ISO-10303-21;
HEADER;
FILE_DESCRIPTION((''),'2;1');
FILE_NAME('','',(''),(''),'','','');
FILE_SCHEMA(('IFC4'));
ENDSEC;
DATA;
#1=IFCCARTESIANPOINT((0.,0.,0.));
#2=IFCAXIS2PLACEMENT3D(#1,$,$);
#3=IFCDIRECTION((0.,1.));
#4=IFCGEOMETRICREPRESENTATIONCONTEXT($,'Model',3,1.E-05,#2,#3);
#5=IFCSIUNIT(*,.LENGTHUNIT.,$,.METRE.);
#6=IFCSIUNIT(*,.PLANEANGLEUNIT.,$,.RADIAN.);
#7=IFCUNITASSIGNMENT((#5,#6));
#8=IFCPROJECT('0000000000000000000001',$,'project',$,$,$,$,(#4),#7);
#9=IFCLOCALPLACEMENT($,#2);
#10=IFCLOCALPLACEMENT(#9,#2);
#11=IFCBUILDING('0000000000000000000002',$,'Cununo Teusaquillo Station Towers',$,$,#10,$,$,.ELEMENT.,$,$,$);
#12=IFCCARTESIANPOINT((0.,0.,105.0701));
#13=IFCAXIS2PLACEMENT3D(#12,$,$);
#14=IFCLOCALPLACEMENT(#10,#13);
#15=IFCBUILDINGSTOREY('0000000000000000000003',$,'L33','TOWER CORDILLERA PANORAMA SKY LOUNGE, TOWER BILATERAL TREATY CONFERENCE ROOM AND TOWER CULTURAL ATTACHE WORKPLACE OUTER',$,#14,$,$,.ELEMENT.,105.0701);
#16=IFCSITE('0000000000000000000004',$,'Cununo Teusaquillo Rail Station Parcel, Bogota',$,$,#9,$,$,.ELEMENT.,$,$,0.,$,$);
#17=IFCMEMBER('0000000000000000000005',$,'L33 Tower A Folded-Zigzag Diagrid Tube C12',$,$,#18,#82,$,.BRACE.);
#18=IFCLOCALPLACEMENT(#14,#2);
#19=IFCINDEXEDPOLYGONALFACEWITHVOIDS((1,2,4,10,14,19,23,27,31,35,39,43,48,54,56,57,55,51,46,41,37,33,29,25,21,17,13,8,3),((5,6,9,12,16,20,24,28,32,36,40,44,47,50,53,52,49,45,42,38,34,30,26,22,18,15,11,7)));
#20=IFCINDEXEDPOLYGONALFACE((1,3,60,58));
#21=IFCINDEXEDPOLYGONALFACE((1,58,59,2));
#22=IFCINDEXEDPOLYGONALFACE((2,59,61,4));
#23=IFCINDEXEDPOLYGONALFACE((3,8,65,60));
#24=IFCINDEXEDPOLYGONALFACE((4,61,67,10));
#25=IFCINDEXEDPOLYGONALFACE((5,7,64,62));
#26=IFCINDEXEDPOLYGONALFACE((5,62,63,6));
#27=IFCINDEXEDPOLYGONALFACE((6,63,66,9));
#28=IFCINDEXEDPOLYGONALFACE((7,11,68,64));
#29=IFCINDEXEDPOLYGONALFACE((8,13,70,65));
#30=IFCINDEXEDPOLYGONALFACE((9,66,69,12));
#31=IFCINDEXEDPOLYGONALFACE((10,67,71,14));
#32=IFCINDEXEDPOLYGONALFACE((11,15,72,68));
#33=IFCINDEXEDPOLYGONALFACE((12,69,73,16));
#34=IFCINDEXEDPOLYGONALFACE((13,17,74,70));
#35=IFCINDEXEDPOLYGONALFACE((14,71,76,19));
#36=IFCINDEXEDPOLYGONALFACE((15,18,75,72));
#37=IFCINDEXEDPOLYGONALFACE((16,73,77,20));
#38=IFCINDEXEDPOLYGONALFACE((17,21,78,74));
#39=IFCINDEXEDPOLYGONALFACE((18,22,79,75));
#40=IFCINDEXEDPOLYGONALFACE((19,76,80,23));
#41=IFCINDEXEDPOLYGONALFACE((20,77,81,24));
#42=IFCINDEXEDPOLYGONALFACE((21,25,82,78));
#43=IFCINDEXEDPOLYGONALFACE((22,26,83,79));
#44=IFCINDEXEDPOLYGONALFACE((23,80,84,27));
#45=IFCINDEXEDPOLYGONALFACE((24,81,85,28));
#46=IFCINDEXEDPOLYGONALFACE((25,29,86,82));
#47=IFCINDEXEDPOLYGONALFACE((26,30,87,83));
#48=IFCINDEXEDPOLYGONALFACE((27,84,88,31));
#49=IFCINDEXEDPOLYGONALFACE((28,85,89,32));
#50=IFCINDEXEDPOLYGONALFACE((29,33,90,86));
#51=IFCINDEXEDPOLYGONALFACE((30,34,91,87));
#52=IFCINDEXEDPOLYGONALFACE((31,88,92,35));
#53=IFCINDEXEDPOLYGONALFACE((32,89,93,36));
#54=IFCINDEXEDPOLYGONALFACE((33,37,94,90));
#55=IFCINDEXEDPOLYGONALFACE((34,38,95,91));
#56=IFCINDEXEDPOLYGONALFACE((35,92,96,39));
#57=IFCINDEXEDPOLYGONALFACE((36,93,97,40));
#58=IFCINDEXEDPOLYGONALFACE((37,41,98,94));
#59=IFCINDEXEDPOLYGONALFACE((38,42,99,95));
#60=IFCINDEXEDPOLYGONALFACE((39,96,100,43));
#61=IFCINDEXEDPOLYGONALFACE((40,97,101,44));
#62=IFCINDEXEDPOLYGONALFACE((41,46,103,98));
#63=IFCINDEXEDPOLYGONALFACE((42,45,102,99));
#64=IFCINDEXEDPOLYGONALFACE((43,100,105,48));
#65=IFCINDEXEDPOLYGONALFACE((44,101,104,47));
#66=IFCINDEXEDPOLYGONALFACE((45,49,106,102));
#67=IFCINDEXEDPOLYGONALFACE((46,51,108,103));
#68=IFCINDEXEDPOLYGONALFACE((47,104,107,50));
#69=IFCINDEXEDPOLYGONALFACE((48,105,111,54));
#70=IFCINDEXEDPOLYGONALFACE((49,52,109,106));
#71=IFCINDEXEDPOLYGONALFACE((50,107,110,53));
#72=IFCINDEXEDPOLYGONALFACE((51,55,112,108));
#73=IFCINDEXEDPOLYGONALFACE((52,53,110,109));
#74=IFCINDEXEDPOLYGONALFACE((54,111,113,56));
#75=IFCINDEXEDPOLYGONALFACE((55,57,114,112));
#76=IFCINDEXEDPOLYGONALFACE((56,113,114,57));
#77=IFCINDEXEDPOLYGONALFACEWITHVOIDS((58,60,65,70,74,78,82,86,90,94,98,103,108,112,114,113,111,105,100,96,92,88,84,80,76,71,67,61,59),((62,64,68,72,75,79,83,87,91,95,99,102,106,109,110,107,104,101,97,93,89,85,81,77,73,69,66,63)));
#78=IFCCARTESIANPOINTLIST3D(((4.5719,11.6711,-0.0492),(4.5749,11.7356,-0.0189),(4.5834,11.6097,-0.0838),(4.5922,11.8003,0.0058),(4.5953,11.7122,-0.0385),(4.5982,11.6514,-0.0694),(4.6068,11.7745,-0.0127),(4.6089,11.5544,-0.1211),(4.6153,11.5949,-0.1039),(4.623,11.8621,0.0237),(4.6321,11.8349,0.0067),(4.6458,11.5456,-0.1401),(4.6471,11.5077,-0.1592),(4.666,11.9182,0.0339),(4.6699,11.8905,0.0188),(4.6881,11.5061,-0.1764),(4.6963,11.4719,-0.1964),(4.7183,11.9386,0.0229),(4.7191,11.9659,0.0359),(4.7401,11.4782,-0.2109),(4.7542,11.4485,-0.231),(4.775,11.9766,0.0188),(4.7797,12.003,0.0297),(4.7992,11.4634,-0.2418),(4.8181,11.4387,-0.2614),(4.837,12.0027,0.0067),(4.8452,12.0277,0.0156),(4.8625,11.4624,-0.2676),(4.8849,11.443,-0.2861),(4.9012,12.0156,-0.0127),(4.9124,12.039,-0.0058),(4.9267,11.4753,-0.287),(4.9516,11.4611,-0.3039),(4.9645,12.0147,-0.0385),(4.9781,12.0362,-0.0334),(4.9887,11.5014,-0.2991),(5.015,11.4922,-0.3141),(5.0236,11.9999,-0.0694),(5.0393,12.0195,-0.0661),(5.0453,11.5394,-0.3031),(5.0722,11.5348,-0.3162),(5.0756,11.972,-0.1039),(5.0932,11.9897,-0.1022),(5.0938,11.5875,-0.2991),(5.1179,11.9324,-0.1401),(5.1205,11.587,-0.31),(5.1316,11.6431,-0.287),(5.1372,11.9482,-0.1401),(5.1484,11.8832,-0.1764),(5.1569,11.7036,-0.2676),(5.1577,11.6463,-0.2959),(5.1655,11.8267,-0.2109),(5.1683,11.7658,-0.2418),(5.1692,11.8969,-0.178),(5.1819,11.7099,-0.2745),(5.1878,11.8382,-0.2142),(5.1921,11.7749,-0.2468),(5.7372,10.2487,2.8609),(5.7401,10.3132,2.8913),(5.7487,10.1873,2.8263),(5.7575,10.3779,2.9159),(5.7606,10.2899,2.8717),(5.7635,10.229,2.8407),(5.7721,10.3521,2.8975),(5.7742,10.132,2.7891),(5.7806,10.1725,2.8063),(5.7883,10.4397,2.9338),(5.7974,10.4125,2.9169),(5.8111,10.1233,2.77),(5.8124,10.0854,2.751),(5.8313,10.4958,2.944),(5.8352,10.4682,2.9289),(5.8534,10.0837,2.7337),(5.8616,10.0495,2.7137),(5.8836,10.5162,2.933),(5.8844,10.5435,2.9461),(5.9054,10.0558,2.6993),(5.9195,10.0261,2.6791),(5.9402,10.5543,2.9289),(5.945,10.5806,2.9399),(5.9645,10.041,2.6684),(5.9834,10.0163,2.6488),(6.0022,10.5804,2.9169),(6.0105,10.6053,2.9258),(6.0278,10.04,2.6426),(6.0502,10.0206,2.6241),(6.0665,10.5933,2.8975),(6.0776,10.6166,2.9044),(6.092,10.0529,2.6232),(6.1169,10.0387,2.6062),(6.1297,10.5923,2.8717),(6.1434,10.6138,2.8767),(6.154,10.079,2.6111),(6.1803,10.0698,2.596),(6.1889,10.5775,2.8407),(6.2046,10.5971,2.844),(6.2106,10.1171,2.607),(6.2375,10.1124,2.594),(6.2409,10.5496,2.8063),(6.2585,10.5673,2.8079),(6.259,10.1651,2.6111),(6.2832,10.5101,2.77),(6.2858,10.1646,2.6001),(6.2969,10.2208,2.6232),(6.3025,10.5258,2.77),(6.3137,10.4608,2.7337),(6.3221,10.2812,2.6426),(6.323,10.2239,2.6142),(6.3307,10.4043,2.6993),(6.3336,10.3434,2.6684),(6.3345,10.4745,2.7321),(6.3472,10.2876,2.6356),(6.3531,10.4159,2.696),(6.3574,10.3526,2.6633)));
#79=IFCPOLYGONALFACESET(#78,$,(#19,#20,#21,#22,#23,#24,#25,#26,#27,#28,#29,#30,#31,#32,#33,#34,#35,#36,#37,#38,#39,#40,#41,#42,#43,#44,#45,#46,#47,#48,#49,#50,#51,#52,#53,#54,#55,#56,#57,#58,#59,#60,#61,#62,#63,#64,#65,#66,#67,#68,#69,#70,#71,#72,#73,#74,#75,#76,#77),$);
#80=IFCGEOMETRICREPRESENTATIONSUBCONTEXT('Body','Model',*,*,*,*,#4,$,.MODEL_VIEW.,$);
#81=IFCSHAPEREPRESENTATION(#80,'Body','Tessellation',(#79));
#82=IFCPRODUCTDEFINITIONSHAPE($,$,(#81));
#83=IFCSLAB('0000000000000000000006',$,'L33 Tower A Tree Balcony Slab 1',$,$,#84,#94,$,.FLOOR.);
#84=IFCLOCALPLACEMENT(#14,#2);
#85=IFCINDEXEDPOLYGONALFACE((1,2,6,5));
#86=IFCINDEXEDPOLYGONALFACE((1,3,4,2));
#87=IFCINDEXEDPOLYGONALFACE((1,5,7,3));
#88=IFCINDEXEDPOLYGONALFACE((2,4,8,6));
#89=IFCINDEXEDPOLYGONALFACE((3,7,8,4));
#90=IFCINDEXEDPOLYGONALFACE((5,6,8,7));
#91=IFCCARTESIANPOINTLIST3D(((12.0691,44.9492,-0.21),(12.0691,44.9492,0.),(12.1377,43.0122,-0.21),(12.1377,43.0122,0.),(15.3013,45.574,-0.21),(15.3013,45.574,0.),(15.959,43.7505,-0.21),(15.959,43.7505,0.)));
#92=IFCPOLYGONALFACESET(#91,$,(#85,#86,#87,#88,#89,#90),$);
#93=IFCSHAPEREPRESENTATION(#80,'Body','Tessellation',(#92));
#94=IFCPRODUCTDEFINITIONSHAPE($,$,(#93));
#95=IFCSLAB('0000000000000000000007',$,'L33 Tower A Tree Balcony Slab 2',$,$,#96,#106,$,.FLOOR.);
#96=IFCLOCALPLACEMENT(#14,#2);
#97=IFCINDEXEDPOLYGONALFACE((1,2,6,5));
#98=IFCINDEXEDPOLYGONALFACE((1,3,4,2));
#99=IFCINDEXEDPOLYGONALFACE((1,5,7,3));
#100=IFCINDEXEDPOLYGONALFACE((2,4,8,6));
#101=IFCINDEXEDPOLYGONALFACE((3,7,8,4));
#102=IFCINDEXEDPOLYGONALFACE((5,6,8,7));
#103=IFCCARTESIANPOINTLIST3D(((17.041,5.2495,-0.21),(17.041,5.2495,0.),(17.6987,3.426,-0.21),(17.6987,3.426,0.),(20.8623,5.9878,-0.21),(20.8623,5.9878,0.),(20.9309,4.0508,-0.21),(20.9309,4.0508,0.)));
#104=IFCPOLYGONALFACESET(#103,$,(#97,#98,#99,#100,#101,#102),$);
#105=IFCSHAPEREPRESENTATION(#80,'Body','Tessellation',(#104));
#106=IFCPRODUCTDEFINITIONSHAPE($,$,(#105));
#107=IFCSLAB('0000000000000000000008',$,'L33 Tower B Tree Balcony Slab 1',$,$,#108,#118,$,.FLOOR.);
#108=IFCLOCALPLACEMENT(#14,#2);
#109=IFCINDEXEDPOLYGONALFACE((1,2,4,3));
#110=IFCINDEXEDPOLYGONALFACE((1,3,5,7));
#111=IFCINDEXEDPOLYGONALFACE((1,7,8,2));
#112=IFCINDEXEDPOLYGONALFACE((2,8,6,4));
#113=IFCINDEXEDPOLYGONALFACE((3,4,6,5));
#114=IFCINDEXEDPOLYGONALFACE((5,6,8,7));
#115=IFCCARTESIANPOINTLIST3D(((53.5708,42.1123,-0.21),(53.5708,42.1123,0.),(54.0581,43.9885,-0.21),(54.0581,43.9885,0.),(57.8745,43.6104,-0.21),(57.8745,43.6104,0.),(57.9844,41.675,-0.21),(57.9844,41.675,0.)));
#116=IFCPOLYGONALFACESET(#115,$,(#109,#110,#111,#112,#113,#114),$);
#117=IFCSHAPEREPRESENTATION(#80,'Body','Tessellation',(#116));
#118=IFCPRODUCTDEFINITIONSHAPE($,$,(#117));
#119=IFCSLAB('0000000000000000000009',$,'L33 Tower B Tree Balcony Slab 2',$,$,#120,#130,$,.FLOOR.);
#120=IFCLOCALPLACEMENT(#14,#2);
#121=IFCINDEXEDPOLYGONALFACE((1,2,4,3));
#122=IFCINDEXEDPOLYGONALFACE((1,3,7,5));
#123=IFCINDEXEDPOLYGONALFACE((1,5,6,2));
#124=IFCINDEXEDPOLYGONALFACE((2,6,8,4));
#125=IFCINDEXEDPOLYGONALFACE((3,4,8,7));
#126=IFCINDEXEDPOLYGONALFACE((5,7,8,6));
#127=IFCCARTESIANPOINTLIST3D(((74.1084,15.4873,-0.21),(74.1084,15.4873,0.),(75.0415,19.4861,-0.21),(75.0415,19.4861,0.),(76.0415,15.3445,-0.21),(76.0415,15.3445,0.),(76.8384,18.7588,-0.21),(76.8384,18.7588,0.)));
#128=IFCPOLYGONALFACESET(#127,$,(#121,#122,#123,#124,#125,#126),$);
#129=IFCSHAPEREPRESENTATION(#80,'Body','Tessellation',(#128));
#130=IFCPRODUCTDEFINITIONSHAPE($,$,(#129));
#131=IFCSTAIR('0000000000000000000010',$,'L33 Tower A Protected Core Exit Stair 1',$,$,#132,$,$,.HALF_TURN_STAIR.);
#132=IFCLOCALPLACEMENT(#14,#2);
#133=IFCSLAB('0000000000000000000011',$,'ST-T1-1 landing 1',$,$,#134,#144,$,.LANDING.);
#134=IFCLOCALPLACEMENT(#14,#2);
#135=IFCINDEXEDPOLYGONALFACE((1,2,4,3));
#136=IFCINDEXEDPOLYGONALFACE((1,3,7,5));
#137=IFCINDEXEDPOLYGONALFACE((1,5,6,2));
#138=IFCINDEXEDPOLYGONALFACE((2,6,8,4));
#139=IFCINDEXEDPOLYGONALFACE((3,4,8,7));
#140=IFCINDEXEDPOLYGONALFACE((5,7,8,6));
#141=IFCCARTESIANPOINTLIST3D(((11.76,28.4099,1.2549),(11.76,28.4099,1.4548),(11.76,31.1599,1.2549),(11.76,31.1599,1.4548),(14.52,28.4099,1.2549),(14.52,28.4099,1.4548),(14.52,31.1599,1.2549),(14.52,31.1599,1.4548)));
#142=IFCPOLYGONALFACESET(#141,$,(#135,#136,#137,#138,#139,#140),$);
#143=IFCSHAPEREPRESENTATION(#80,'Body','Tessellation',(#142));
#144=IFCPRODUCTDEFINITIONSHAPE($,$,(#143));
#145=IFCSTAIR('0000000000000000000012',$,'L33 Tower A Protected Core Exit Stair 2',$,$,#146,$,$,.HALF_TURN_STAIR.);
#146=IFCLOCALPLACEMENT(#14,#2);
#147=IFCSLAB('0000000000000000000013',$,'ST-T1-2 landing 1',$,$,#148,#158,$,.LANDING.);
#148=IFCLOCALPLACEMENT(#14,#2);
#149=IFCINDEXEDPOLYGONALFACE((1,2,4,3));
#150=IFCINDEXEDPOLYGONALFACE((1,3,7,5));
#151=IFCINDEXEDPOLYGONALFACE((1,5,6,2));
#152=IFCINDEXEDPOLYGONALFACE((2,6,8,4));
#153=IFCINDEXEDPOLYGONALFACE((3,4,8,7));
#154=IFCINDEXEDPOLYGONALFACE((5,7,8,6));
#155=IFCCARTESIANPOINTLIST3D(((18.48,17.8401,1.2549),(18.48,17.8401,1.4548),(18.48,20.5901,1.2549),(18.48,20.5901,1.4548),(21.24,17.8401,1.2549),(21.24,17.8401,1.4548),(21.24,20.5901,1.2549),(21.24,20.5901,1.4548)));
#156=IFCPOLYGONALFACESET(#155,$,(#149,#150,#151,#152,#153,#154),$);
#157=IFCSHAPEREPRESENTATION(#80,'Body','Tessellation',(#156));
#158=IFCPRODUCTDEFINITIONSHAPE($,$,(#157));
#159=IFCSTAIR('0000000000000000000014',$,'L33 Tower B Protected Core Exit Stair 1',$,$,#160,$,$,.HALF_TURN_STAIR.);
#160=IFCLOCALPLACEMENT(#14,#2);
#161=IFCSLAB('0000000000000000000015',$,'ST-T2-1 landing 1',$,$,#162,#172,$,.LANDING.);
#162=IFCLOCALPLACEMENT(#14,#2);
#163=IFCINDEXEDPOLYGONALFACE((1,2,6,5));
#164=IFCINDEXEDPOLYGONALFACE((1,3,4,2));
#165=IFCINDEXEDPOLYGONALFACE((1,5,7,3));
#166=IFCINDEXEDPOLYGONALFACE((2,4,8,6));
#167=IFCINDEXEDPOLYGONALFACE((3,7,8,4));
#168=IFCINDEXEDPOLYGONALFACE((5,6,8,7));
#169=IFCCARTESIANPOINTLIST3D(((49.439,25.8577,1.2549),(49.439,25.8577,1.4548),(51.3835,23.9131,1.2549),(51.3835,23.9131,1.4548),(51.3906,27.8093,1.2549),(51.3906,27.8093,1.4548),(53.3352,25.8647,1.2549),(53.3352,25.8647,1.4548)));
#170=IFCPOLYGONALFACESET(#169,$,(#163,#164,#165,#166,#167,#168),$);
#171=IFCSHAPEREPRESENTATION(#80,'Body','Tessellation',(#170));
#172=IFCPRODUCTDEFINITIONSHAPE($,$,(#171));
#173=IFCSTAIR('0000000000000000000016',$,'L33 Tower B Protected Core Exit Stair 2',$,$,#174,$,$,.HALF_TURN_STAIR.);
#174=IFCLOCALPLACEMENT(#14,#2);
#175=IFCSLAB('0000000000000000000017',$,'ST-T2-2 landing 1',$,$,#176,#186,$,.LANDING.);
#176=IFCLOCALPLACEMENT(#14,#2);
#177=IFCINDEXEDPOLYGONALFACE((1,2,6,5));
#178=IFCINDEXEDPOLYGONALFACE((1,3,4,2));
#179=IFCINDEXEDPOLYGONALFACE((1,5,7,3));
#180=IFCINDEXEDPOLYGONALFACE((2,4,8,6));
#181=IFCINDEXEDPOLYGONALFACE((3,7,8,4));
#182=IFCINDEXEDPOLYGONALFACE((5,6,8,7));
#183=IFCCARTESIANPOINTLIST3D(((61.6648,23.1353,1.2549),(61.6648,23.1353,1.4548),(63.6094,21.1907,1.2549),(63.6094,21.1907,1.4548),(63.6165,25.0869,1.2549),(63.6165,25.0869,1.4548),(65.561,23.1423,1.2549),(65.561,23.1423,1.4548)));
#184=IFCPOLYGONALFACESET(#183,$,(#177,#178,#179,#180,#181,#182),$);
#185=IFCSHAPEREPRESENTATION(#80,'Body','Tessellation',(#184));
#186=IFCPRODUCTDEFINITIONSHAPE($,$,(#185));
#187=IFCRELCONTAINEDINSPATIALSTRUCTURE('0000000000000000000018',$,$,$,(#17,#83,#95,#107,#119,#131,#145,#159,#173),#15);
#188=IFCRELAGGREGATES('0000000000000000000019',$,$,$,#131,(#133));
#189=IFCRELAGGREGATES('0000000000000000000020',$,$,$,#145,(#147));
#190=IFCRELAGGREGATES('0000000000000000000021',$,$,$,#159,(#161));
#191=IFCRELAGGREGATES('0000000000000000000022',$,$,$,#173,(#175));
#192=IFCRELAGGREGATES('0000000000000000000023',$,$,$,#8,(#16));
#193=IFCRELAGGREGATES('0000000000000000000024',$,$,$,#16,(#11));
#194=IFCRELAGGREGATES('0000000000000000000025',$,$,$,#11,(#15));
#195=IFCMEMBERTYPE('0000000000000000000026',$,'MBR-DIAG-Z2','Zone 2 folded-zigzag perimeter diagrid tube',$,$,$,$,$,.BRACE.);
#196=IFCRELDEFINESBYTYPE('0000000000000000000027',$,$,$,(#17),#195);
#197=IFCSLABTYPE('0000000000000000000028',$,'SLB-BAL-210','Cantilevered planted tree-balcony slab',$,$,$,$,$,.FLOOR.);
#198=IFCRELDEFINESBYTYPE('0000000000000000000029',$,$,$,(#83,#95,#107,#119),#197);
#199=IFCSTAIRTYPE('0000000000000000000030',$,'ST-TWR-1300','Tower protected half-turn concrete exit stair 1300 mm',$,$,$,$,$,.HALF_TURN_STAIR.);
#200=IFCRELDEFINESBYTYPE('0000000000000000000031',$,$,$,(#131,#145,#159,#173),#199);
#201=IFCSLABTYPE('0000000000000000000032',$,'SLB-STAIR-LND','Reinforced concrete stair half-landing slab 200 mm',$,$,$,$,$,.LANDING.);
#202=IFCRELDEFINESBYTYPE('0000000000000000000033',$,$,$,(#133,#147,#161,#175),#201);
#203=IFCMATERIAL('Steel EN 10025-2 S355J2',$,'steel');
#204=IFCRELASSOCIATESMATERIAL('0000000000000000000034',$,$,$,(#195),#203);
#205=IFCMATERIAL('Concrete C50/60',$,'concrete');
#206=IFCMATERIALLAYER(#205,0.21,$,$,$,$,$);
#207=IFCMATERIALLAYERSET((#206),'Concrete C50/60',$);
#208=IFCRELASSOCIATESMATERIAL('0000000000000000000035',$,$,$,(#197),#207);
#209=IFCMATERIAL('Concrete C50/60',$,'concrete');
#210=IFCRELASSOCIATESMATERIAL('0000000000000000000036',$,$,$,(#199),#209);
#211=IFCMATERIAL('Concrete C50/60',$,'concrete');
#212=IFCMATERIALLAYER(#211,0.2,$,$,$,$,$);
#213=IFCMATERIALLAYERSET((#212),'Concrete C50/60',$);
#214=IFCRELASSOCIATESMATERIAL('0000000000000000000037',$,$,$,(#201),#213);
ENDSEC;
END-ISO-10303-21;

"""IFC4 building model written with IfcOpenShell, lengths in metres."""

from ifc_helpers import new_model, si_unit, direction, frame, origin, origin_2d, place, context, subcontext, project, spatial, polyline, hollow_circle, outline, extrude, material, layer, layer_set, material_profile, profile_set, type_object, element, aggregate, save


model = new_model("IFC4")

# Units and contexts
model_context = context("Model", 3, precision=1e-05, world=origin(), true_north=direction((0.0, 1.0)))
body_context = subcontext(model_context, "Body", "Model", "MODEL_VIEW")
ifc_project = project(units=[si_unit("LENGTHUNIT", "METRE"), si_unit("PLANEANGLEUNIT", "RADIAN")], contexts=[model_context])

# Site, building, storey
site_placement = place(None, origin())
site = spatial("IfcSite", under=ifc_project, at=site_placement, Name="Cununo Teusaquillo Rail Station Parcel, Bogota", CompositionType="ELEMENT", RefElevation=0.0)
building_placement = place(site_placement, origin())
building = spatial("IfcBuilding", under=site, at=building_placement, Name="Cununo Teusaquillo Station Towers", CompositionType="ELEMENT")
storey_placement = place(building_placement, frame((0.0, 0.0, 105.0701)))
storey = spatial("IfcBuildingStorey", under=building, at=storey_placement, Name="L33", Description="TOWER CORDILLERA PANORAMA SKY LOUNGE, TOWER BILATERAL TREATY CONFERENCE ROOM AND TOWER CULTURAL ATTACHE WORKPLACE OUTER", CompositionType="ELEMENT", Elevation=105.0701)

# Member
ifc_material_1 = material(Name="Steel EN 10025-2 S355J2", Category="steel")
ifc_material_profile_1 = material_profile(ifc_material_1, hollow_circle(Radius=0.3301, WallThickness=0.0249, at=origin_2d()), Name="CHS 660x25")
ifc_profile_set_1 = profile_set([ifc_material_profile_1], Name="Steel EN 10025-2 S355J2")
member_type = type_object("IfcMemberType", Name="MBR-DIAG-Z2", Description="Zone 2 folded-zigzag perimeter diagrid tube", PredefinedType="BRACE", material=ifc_profile_set_1)
member_placement = place(storey_placement, frame((4.8818, 11.739, -0.1401), z_axis=(0.33851, -0.413191, 0.84539), x_axis=(0.773549, 0.633737, 0.0)))
element("IfcMember", 1, at=member_placement, inside=storey, type_object=member_type, Name="L33 Tower A Folded-Zigzag Diagrid Tube C12", PredefinedType="BRACE", context=body_context, shape_type="SweptSolid", body=[
    extrude(hollow_circle(Radius=0.3301, WallThickness=0.0249, at=origin_2d()), origin(), (0.0, 0.0, 1.0), 3.4424),
])

# Slabs
ifc_material_2 = material(Name="Concrete C50/60", Category="concrete")
ifc_layer_1 = layer(ifc_material_2, 0.21)
ifc_layer_set_1 = layer_set([ifc_layer_1], Name="Concrete C50/60")
slab_type_1 = type_object("IfcSlabType", Name="SLB-BAL-210", Description="Cantilevered planted tree-balcony slab", PredefinedType="FLOOR", material=ifc_layer_set_1)
slab_1_placement = place(storey_placement, frame((0.0, 0.0, -0.21)))
element("IfcSlab", 2, at=slab_1_placement, inside=storey, type_object=slab_type_1, Name="L33 Tower A Tree Balcony Slab 1", PredefinedType="FLOOR", context=body_context, shape_type="SweptSolid", body=[
    extrude(outline(polyline([(15.959, 43.7505), (12.1377, 43.0122), (12.0691, 44.9492), (15.3013, 45.574), (15.959, 43.7505)])), origin(), (0.0, 0.0, 1.0), 0.21),
])
slab_2_placement = place(storey_placement, frame((0.0, 0.0, -0.21)))
element("IfcSlab", 3, at=slab_2_placement, inside=storey, type_object=slab_type_1, Name="L33 Tower A Tree Balcony Slab 2", PredefinedType="FLOOR", context=body_context, shape_type="SweptSolid", body=[
    extrude(outline(polyline([(17.041, 5.2495), (20.8623, 5.9878), (20.9309, 4.0508), (17.6987, 3.426), (17.041, 5.2495)])), origin(), (0.0, 0.0, 1.0), 0.21),
])
slab_3_placement = place(storey_placement, frame((0.0, 0.0, -0.21)))
element("IfcSlab", 4, at=slab_3_placement, inside=storey, type_object=slab_type_1, Name="L33 Tower B Tree Balcony Slab 1", PredefinedType="FLOOR", context=body_context, shape_type="SweptSolid", body=[
    extrude(outline(polyline([(57.9844, 41.675), (53.5708, 42.1123), (54.0581, 43.9885), (57.8745, 43.6104), (57.9844, 41.675)])), origin(), (0.0, 0.0, 1.0), 0.21),
])
slab_4_placement = place(storey_placement, frame((0.0, 0.0, -0.21)))
element("IfcSlab", 5, at=slab_4_placement, inside=storey, type_object=slab_type_1, Name="L33 Tower B Tree Balcony Slab 2", PredefinedType="FLOOR", context=body_context, shape_type="SweptSolid", body=[
    extrude(outline(polyline([(74.1084, 15.4873), (75.0415, 19.4861), (76.8384, 18.7588), (76.0415, 15.3445), (74.1084, 15.4873)])), origin(), (0.0, 0.0, 1.0), 0.21),
])

# Stairs, slabs
ifc_material_3 = material(Name="Concrete C50/60", Category="concrete")
stair_type = type_object("IfcStairType", Name="ST-TWR-1300", Description="Tower protected half-turn concrete exit stair 1300 mm", PredefinedType="HALF_TURN_STAIR", material=ifc_material_3)
stair_1_placement = place(storey_placement, origin())
stair_1 = element("IfcStair", 6, at=stair_1_placement, inside=storey, type_object=stair_type, Name="L33 Tower A Protected Core Exit Stair 1", PredefinedType="HALF_TURN_STAIR")
ifc_material_4 = material(Name="Concrete C50/60", Category="concrete")
ifc_layer_2 = layer(ifc_material_4, 0.2)
ifc_layer_set_2 = layer_set([ifc_layer_2], Name="Concrete C50/60")
slab_type_2 = type_object("IfcSlabType", Name="SLB-STAIR-LND", Description="Reinforced concrete stair half-landing slab 200 mm", PredefinedType="LANDING", material=ifc_layer_set_2)
slab_5_placement = place(storey_placement, frame((0.0, 0.0, 1.2549)))
slab_5 = element("IfcSlab", 7, at=slab_5_placement, type_object=slab_type_2, Name="ST-T1-1 landing 1", PredefinedType="LANDING", context=body_context, shape_type="SweptSolid", body=[
    extrude(outline(polyline([(14.52, 28.4099), (14.52, 31.1599), (11.76, 31.1599), (11.76, 28.4099), (14.52, 28.4099)])), origin(), (0.0, 0.0, 1.0), 0.2),
])
aggregate(stair_1, [slab_5])
stair_2_placement = place(storey_placement, origin())
stair_2 = element("IfcStair", 8, at=stair_2_placement, inside=storey, type_object=stair_type, Name="L33 Tower A Protected Core Exit Stair 2", PredefinedType="HALF_TURN_STAIR")
slab_6_placement = place(storey_placement, frame((0.0, 0.0, 1.2549)))
slab_6 = element("IfcSlab", 9, at=slab_6_placement, type_object=slab_type_2, Name="ST-T1-2 landing 1", PredefinedType="LANDING", context=body_context, shape_type="SweptSolid", body=[
    extrude(outline(polyline([(18.48, 20.5901), (18.48, 17.8401), (21.24, 17.8401), (21.24, 20.5901), (18.48, 20.5901)])), origin(), (0.0, 0.0, 1.0), 0.2),
])
aggregate(stair_2, [slab_6])
stair_3_placement = place(storey_placement, origin())
stair_3 = element("IfcStair", 10, at=stair_3_placement, inside=storey, type_object=stair_type, Name="L33 Tower B Protected Core Exit Stair 1", PredefinedType="HALF_TURN_STAIR")
slab_7_placement = place(storey_placement, frame((0.0, 0.0, 1.2549)))
slab_7 = element("IfcSlab", 11, at=slab_7_placement, type_object=slab_type_2, Name="ST-T2-1 landing 1", PredefinedType="LANDING", context=body_context, shape_type="SweptSolid", body=[
    extrude(outline(polyline([(53.3352, 25.8647), (51.3906, 27.8093), (49.439, 25.8577), (51.3835, 23.9131), (53.3352, 25.8647)])), origin(), (0.0, 0.0, 1.0), 0.2),
])
aggregate(stair_3, [slab_7])
stair_4_placement = place(storey_placement, origin())
stair_4 = element("IfcStair", 12, at=stair_4_placement, inside=storey, type_object=stair_type, Name="L33 Tower B Protected Core Exit Stair 2", PredefinedType="HALF_TURN_STAIR")
slab_8_placement = place(storey_placement, frame((0.0, 0.0, 1.2549)))
slab_8 = element("IfcSlab", 13, at=slab_8_placement, type_object=slab_type_2, Name="ST-T2-2 landing 1", PredefinedType="LANDING", context=body_context, shape_type="SweptSolid", body=[
    extrude(outline(polyline([(61.6648, 23.1353), (63.6094, 21.1907), (65.561, 23.1423), (63.6165, 25.0869), (61.6648, 23.1353)])), origin(), (0.0, 0.0, 1.0), 0.2),
])
aggregate(stair_4, [slab_8])

save(model, "model.ifc")
